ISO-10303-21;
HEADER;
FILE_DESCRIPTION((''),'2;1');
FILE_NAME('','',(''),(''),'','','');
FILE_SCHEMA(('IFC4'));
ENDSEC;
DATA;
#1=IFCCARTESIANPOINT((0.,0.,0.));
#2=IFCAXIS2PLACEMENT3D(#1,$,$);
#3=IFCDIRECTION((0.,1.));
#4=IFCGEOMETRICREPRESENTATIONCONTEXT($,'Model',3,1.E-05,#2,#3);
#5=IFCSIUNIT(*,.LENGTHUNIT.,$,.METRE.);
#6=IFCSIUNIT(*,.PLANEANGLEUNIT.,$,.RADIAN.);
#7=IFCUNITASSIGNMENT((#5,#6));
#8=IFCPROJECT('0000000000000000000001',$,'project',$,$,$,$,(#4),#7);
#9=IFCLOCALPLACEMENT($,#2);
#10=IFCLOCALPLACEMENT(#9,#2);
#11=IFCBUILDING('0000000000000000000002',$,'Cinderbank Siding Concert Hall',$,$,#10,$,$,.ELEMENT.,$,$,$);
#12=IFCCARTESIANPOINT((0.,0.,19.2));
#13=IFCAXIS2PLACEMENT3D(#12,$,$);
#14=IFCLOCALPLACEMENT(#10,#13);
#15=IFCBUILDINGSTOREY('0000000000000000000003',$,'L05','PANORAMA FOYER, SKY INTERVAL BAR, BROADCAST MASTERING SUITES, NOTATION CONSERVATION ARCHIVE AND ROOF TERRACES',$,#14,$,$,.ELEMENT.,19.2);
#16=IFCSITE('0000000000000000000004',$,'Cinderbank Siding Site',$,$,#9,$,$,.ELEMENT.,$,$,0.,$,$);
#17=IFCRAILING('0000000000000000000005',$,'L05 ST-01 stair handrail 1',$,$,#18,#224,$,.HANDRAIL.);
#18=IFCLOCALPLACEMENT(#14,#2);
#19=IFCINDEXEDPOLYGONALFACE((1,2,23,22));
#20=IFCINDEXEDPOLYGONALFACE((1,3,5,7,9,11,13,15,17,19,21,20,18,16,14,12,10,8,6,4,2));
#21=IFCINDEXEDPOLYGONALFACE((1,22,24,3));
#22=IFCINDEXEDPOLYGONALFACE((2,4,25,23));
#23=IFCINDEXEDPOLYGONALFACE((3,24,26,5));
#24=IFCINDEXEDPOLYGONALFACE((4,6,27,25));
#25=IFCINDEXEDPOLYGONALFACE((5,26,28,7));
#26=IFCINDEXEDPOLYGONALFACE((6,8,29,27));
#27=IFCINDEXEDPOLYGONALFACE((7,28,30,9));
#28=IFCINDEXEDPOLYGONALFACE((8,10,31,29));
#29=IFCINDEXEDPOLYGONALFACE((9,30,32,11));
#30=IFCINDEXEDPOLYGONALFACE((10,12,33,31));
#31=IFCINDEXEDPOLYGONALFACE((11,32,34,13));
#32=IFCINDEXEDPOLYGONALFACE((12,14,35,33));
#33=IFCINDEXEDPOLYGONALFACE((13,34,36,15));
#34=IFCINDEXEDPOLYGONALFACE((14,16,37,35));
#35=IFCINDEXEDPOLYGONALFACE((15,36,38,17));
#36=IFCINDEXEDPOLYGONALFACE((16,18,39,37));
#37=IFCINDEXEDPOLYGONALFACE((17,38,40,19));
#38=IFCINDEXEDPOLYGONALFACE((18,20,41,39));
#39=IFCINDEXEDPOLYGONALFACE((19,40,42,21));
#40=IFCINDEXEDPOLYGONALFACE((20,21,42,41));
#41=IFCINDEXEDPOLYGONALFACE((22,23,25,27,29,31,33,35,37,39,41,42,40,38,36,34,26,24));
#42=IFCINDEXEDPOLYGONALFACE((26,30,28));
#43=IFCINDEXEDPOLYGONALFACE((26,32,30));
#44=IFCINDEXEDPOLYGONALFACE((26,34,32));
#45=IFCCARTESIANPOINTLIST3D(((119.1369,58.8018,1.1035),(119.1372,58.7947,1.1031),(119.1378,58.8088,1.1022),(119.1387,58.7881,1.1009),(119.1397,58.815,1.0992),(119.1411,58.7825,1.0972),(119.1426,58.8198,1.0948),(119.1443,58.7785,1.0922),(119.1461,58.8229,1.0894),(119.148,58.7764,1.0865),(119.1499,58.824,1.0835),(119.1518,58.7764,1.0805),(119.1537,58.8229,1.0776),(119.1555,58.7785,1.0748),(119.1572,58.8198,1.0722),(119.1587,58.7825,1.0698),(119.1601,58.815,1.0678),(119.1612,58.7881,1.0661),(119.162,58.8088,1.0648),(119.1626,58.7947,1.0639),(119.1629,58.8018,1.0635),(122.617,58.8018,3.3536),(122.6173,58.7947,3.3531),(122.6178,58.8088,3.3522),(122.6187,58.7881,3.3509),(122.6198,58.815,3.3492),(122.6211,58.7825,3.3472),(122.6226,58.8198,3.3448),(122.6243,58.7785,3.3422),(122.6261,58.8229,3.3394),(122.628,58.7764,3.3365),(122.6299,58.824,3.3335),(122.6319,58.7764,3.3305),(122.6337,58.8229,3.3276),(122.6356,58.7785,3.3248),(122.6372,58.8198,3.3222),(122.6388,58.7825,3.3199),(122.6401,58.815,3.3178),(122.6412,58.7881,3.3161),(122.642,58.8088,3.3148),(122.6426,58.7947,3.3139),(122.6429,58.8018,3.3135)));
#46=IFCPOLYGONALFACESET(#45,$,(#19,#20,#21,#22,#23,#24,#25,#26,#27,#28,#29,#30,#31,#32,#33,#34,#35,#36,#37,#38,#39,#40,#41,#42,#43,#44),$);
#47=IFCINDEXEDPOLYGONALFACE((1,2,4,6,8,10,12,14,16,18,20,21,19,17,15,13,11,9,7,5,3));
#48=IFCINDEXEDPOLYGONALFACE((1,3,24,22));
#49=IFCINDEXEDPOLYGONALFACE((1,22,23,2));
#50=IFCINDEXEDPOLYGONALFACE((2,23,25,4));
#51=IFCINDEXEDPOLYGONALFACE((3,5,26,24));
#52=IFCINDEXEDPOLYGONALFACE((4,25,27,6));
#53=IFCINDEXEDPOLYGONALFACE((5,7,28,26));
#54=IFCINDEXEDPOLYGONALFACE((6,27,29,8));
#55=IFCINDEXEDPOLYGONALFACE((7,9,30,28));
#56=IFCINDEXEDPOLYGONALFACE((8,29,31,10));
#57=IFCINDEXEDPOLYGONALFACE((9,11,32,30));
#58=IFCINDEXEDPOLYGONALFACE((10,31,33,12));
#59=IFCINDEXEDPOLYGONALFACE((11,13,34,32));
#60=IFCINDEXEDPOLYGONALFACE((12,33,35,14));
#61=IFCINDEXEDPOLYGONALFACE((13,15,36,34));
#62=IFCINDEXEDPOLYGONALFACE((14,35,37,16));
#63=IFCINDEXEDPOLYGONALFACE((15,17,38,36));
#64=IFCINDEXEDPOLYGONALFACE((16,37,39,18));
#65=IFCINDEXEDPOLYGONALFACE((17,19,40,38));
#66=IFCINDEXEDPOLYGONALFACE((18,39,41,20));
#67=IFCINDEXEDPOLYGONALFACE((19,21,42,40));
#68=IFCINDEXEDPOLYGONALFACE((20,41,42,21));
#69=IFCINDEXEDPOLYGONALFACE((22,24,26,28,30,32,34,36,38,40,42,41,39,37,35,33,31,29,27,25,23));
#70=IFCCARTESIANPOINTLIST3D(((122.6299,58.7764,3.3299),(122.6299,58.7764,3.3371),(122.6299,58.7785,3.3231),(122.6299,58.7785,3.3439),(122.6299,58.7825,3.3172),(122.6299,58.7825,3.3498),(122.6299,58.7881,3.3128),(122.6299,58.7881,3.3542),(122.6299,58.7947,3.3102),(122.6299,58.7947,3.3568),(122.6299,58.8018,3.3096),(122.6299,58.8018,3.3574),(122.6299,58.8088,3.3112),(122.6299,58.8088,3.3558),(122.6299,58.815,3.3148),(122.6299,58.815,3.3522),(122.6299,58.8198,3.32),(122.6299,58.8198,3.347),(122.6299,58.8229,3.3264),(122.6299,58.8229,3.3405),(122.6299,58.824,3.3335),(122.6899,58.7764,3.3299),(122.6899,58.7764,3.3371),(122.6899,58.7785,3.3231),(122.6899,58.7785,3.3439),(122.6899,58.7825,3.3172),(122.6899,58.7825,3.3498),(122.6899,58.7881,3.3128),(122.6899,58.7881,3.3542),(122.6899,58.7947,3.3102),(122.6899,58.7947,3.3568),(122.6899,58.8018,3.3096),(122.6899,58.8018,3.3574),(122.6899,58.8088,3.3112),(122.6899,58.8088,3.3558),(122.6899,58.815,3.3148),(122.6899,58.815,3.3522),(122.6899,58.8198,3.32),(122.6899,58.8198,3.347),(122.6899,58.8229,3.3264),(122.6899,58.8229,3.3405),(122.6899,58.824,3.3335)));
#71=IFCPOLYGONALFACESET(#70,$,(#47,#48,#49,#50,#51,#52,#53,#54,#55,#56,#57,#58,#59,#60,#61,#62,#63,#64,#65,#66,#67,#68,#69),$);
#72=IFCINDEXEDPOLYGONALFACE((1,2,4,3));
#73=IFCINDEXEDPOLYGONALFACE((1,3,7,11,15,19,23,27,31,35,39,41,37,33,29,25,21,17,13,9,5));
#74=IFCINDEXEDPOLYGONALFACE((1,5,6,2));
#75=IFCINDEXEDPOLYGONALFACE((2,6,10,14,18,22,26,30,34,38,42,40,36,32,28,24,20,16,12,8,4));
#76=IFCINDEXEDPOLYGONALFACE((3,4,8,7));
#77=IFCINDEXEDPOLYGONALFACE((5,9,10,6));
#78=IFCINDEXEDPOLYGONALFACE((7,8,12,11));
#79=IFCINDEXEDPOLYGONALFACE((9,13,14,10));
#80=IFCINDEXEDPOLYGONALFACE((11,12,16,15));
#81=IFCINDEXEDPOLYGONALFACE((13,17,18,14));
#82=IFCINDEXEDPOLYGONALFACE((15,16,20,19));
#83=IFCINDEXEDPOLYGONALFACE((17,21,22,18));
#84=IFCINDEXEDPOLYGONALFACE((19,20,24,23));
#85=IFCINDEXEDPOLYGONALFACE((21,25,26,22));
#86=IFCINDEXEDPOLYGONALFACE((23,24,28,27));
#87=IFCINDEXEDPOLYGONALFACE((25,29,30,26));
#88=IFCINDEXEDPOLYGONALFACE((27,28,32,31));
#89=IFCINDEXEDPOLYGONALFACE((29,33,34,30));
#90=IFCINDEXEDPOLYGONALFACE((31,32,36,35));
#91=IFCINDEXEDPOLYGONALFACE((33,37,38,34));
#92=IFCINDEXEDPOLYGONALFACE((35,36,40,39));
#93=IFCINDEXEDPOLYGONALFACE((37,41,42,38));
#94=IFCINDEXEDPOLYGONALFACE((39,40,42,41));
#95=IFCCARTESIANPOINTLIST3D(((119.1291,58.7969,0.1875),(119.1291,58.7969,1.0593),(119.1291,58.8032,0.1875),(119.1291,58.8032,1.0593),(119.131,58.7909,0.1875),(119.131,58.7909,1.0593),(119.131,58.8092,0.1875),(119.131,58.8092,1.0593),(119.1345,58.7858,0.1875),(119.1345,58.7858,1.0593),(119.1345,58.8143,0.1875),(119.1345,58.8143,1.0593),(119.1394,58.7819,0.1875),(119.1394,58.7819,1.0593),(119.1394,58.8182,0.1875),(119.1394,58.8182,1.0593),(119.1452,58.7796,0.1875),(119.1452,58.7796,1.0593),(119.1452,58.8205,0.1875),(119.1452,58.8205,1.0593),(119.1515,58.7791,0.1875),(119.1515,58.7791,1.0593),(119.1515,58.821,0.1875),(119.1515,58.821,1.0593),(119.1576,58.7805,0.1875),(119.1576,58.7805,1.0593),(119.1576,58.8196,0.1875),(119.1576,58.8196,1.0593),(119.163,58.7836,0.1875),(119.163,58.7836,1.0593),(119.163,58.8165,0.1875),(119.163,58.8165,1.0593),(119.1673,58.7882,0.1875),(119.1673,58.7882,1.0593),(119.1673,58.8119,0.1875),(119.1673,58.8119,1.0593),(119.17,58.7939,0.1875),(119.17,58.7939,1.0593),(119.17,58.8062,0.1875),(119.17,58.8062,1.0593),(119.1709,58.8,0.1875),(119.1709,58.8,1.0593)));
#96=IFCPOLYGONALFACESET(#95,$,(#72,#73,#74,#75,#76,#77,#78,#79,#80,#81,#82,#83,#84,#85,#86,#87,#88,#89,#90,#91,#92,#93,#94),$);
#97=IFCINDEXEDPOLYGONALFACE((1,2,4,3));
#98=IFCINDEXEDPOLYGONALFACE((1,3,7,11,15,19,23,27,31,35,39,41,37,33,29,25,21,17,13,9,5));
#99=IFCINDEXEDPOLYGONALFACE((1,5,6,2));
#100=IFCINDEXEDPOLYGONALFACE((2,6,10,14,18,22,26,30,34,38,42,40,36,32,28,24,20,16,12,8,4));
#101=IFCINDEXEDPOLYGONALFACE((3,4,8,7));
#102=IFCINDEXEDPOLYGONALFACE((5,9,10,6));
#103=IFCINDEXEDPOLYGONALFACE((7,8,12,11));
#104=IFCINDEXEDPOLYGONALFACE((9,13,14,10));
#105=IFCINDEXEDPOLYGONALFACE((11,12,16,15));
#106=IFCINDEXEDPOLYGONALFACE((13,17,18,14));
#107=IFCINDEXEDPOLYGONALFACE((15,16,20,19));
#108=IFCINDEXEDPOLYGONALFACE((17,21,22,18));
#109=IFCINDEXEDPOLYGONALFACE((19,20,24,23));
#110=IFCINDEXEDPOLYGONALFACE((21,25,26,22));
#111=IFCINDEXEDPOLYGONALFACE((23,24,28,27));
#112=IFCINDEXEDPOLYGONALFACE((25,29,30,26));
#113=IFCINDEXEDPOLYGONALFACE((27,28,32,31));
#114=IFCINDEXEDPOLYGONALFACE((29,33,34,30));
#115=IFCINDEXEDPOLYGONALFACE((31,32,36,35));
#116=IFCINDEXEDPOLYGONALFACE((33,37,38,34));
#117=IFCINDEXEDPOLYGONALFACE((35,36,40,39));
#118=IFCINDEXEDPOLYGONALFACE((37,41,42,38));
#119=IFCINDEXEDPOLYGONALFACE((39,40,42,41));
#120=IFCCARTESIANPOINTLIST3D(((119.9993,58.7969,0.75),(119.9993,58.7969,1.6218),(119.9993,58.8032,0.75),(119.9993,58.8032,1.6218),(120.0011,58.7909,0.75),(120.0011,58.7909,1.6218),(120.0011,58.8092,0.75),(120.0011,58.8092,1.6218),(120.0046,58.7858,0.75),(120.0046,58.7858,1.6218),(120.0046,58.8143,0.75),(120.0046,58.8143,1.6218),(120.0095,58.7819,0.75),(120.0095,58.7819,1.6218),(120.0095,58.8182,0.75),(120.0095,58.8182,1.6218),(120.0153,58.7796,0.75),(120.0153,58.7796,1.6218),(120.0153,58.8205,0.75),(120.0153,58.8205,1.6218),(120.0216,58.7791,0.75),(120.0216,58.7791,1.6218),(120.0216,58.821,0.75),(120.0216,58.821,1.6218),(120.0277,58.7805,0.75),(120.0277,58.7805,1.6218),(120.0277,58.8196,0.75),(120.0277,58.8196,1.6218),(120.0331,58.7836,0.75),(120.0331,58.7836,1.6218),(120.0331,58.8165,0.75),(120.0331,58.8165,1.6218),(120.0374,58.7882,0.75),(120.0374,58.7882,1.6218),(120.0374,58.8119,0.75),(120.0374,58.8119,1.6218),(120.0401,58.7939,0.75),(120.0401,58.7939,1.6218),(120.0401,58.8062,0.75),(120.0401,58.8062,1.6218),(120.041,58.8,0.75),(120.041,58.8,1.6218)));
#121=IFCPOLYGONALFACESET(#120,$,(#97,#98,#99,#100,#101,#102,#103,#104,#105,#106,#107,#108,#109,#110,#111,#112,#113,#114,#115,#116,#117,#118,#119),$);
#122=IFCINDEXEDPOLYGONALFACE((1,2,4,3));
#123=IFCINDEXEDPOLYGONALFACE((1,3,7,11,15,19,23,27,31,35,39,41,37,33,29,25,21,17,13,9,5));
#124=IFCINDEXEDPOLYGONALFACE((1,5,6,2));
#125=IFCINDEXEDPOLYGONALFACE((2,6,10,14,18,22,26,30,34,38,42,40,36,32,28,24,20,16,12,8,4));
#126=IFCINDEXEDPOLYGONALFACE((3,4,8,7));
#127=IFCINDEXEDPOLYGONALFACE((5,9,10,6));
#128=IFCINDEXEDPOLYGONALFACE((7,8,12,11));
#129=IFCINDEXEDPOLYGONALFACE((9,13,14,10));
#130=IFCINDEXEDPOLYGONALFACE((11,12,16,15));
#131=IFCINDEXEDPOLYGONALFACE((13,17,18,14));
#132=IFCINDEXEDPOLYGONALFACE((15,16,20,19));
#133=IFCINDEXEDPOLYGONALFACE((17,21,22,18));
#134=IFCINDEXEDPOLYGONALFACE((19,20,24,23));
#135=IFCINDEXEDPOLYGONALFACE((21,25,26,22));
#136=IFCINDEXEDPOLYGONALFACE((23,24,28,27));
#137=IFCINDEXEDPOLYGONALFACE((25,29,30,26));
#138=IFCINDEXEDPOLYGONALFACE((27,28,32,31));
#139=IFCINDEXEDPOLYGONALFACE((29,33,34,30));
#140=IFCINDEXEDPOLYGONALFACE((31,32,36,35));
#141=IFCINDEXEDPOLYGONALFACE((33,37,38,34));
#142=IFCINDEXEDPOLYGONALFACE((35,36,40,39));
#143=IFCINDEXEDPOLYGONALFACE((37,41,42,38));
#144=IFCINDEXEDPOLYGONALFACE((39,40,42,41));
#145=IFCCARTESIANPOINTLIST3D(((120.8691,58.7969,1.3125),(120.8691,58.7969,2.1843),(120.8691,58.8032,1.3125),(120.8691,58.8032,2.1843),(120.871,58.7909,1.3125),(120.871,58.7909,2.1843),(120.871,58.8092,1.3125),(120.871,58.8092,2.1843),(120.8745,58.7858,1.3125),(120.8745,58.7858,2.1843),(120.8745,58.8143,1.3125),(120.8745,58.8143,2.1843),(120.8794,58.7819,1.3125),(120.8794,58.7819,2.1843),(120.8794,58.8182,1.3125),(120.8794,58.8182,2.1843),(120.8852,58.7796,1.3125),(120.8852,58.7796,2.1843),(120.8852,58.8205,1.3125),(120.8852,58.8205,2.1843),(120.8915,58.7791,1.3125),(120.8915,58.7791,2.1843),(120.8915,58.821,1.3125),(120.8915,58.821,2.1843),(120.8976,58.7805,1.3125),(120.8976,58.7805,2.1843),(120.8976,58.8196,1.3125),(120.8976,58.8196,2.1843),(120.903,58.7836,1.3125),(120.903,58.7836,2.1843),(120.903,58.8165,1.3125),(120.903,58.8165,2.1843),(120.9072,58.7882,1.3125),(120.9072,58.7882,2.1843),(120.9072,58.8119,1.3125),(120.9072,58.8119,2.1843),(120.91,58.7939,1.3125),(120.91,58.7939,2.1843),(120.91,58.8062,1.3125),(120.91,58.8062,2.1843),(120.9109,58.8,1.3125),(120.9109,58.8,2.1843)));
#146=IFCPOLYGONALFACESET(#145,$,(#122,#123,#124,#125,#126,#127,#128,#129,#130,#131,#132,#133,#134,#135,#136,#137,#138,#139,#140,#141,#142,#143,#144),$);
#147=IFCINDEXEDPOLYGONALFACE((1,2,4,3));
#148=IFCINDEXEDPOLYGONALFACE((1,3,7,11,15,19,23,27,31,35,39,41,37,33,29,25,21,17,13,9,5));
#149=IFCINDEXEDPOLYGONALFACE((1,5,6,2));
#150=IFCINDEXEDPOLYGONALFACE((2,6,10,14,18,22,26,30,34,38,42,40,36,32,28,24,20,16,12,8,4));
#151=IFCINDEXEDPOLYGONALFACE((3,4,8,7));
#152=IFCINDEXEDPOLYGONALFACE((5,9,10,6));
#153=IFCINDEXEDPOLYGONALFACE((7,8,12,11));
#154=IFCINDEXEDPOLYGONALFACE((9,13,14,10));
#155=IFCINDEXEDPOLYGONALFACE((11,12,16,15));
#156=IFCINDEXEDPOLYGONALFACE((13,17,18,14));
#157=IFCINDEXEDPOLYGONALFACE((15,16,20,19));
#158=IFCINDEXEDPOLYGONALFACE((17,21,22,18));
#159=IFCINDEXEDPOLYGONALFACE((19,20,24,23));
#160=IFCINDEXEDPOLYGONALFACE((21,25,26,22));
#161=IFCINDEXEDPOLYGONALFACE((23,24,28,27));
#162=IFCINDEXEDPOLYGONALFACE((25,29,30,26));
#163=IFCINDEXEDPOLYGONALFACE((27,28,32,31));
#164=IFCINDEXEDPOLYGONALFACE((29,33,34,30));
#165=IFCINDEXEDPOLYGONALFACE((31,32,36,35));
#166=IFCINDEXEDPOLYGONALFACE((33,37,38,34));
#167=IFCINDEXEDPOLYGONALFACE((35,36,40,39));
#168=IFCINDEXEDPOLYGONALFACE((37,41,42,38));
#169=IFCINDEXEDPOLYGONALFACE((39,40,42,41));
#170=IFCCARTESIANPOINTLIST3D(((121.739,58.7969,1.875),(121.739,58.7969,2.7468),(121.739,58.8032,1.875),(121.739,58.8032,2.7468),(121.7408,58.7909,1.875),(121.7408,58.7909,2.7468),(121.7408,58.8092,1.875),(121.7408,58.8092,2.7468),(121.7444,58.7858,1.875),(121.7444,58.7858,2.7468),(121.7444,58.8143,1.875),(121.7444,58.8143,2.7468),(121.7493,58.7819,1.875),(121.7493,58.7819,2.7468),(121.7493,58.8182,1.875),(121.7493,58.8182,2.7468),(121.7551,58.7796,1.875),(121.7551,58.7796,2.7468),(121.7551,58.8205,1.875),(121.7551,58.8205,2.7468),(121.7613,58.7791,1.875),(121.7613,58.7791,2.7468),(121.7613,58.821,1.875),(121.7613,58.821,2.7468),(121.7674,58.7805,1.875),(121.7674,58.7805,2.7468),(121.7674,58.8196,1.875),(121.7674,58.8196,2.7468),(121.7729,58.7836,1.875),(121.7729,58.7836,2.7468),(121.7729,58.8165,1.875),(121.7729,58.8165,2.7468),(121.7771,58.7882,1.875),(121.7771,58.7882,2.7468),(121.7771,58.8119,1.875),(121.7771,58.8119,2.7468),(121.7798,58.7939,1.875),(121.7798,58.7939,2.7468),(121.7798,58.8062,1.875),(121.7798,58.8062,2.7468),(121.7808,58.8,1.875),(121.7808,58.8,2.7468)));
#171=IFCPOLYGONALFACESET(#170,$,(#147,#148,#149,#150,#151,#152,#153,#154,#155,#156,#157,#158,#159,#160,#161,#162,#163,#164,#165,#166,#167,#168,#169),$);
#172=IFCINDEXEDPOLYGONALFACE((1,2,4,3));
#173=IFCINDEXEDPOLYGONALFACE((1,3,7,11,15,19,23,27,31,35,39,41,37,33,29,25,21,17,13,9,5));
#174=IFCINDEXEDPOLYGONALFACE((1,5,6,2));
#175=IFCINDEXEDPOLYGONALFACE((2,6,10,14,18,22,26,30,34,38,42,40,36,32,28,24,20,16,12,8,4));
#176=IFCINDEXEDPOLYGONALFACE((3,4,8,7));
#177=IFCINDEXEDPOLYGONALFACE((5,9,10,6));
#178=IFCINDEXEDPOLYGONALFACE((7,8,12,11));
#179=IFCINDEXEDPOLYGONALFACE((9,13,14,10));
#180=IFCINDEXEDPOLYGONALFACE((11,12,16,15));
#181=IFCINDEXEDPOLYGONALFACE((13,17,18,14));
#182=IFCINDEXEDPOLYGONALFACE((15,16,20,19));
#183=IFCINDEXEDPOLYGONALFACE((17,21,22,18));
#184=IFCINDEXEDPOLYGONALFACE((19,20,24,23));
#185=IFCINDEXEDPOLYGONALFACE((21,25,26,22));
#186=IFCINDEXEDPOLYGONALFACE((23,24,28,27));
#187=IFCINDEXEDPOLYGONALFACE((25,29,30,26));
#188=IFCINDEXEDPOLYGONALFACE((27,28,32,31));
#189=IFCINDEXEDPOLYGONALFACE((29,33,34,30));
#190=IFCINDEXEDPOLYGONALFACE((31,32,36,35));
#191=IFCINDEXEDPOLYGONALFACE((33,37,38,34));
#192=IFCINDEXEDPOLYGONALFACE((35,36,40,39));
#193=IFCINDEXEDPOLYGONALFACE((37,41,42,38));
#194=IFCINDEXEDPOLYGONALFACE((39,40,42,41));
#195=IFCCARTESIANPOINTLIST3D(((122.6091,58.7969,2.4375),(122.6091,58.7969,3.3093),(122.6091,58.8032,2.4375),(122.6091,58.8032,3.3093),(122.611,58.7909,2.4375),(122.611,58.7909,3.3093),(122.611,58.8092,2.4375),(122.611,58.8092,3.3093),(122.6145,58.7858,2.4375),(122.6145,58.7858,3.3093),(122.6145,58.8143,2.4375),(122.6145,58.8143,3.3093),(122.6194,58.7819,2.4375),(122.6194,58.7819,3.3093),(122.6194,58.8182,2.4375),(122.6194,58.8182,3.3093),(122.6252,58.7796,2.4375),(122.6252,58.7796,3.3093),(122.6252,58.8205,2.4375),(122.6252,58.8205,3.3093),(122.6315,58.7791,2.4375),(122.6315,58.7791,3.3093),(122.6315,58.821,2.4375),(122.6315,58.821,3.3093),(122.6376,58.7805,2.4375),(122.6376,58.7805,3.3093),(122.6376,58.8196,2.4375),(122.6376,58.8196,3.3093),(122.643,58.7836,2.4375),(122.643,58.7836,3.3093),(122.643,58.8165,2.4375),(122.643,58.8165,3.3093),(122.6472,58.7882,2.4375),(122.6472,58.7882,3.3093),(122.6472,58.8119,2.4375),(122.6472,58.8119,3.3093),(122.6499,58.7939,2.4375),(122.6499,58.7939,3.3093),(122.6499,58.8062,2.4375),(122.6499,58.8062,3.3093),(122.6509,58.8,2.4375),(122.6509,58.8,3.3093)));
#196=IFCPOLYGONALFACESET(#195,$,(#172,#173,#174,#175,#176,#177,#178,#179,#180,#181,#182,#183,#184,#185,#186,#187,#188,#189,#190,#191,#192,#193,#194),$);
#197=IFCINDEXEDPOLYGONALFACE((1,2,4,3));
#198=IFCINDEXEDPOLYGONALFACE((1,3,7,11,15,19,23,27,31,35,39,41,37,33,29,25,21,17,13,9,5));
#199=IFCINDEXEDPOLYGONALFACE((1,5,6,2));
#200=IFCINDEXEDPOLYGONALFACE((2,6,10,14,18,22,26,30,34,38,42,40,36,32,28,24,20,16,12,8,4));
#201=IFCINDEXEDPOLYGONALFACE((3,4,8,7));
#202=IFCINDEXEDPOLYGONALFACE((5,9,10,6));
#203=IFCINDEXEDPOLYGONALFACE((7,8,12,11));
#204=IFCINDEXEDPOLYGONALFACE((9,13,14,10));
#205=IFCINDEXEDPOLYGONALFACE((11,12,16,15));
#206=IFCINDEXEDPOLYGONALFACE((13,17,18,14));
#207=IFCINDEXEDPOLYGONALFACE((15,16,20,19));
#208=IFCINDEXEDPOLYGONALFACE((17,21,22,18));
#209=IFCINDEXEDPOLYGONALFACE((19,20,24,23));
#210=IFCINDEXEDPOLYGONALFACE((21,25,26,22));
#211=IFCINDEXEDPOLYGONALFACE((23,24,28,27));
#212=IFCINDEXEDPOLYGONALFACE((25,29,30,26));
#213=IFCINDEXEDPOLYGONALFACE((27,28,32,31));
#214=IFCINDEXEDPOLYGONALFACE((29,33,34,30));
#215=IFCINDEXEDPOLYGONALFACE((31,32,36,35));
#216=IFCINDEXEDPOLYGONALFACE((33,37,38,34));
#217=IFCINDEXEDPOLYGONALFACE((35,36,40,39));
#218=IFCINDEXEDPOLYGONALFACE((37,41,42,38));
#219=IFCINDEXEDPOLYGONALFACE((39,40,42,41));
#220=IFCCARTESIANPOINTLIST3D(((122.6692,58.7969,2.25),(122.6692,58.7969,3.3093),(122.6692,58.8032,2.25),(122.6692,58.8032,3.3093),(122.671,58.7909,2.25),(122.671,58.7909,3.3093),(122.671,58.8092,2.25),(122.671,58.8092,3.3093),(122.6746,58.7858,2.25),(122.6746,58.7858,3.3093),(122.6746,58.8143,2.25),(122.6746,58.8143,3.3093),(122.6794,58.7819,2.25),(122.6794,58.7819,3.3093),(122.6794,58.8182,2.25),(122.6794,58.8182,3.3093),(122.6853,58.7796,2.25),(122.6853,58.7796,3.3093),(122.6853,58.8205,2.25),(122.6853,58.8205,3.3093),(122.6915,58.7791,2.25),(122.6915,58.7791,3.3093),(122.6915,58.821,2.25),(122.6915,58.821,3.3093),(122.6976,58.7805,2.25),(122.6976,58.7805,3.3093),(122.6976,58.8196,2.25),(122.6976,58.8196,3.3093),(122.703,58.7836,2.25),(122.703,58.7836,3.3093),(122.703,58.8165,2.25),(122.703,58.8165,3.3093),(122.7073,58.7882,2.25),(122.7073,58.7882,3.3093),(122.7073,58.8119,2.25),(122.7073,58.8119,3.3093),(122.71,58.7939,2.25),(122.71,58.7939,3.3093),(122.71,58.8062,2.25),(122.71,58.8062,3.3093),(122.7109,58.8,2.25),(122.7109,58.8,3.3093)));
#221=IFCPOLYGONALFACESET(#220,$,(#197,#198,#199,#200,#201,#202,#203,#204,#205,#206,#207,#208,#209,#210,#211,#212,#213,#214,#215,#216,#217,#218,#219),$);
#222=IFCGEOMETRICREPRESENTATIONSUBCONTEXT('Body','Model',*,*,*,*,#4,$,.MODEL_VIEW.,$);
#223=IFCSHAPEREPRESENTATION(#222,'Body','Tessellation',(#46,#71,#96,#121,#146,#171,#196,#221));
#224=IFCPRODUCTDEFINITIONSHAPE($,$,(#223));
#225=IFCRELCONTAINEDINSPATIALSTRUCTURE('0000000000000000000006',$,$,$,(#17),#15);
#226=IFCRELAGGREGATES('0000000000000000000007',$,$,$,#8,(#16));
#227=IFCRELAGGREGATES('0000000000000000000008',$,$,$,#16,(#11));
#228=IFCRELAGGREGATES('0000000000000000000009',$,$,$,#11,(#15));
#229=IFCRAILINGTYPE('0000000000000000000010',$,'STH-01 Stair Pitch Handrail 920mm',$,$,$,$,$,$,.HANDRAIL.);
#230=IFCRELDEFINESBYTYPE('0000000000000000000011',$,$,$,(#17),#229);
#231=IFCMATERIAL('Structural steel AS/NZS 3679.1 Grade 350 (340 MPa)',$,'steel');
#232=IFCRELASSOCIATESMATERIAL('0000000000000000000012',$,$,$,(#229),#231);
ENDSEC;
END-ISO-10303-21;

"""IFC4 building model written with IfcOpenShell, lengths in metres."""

from ifc_helpers import new_model, si_unit, direction, frame, origin, origin_2d, place, context, subcontext, project, spatial, circle, extrude, material, type_object, element, save


model = new_model("IFC4")

# Units and contexts
model_context = context("Model", 3, precision=1e-05, world=origin(), true_north=direction((0.0, 1.0)))
body_context = subcontext(model_context, "Body", "Model", "MODEL_VIEW")
ifc_project = project(units=[si_unit("LENGTHUNIT", "METRE"), si_unit("PLANEANGLEUNIT", "RADIAN")], contexts=[model_context])

# Site, building, storey
site_placement = place(None, origin())
site = spatial("IfcSite", under=ifc_project, at=site_placement, Name="Cinderbank Siding Site", CompositionType="ELEMENT", RefElevation=0.0)
building_placement = place(site_placement, origin())
building = spatial("IfcBuilding", under=site, at=building_placement, Name="Cinderbank Siding Concert Hall", CompositionType="ELEMENT")
storey_placement = place(building_placement, frame((0.0, 0.0, 19.2)))
storey = spatial("IfcBuildingStorey", under=building, at=storey_placement, Name="L05", Description="PANORAMA FOYER, SKY INTERVAL BAR, BROADCAST MASTERING SUITES, NOTATION CONSERVATION ARCHIVE AND ROOF TERRACES", CompositionType="ELEMENT", Elevation=19.2)

# Railing
ifc_material_1 = material(Name="Structural steel AS/NZS 3679.1 Grade 350 (340 MPa)", Category="steel")
railing_type_1 = type_object("IfcRailingType", Name="STH-01 Stair Pitch Handrail 920mm", PredefinedType="HANDRAIL", material=ifc_material_1)
railing_1_placement = place(storey_placement, frame((119.1499, 58.8, 0.1875)))
element("IfcRailing", 1, at=railing_1_placement, inside=storey, type_object=railing_type_1, Name="L05 ST-01 stair handrail 1", PredefinedType="HANDRAIL", context=body_context, shape_type="SweptSolid", body=[
    extrude(circle(Radius=0.0239, at=origin_2d()), frame((0.0, 0.0, 0.896), z_axis=(0.839763, 0.0, 0.542953), x_axis=(0.0, 1.0, 0.0)), (0.0, 0.0, 1.0), 4.144),
    extrude(circle(Radius=0.0239, at=origin_2d()), frame((3.48, 0.0, 3.146), z_axis=(1.0, 0.0, 0.0), x_axis=(0.0, 1.0, 0.0)), (0.0, 0.0, 1.0), 0.0601),
    extrude(circle(Radius=0.021, at=origin_2d()), origin(), (0.0, 0.0, 1.0), 0.8718),
    extrude(circle(Radius=0.021, at=origin_2d()), frame((0.8701, 0.0, 0.5625)), (0.0, 0.0, 1.0), 0.8718),
    extrude(circle(Radius=0.021, at=origin_2d()), frame((1.74, 0.0, 1.125)), (0.0, 0.0, 1.0), 0.8718),
    extrude(circle(Radius=0.021, at=origin_2d()), frame((2.6099, 0.0, 1.6875)), (0.0, 0.0, 1.0), 0.8718),
    extrude(circle(Radius=0.021, at=origin_2d()), frame((3.48, 0.0, 2.25)), (0.0, 0.0, 1.0), 0.8718),
    extrude(circle(Radius=0.021, at=origin_2d()), frame((3.54, 0.0, 2.0625)), (0.0, 0.0, 1.0), 1.0593),
])

save(model, "model.ifc")
